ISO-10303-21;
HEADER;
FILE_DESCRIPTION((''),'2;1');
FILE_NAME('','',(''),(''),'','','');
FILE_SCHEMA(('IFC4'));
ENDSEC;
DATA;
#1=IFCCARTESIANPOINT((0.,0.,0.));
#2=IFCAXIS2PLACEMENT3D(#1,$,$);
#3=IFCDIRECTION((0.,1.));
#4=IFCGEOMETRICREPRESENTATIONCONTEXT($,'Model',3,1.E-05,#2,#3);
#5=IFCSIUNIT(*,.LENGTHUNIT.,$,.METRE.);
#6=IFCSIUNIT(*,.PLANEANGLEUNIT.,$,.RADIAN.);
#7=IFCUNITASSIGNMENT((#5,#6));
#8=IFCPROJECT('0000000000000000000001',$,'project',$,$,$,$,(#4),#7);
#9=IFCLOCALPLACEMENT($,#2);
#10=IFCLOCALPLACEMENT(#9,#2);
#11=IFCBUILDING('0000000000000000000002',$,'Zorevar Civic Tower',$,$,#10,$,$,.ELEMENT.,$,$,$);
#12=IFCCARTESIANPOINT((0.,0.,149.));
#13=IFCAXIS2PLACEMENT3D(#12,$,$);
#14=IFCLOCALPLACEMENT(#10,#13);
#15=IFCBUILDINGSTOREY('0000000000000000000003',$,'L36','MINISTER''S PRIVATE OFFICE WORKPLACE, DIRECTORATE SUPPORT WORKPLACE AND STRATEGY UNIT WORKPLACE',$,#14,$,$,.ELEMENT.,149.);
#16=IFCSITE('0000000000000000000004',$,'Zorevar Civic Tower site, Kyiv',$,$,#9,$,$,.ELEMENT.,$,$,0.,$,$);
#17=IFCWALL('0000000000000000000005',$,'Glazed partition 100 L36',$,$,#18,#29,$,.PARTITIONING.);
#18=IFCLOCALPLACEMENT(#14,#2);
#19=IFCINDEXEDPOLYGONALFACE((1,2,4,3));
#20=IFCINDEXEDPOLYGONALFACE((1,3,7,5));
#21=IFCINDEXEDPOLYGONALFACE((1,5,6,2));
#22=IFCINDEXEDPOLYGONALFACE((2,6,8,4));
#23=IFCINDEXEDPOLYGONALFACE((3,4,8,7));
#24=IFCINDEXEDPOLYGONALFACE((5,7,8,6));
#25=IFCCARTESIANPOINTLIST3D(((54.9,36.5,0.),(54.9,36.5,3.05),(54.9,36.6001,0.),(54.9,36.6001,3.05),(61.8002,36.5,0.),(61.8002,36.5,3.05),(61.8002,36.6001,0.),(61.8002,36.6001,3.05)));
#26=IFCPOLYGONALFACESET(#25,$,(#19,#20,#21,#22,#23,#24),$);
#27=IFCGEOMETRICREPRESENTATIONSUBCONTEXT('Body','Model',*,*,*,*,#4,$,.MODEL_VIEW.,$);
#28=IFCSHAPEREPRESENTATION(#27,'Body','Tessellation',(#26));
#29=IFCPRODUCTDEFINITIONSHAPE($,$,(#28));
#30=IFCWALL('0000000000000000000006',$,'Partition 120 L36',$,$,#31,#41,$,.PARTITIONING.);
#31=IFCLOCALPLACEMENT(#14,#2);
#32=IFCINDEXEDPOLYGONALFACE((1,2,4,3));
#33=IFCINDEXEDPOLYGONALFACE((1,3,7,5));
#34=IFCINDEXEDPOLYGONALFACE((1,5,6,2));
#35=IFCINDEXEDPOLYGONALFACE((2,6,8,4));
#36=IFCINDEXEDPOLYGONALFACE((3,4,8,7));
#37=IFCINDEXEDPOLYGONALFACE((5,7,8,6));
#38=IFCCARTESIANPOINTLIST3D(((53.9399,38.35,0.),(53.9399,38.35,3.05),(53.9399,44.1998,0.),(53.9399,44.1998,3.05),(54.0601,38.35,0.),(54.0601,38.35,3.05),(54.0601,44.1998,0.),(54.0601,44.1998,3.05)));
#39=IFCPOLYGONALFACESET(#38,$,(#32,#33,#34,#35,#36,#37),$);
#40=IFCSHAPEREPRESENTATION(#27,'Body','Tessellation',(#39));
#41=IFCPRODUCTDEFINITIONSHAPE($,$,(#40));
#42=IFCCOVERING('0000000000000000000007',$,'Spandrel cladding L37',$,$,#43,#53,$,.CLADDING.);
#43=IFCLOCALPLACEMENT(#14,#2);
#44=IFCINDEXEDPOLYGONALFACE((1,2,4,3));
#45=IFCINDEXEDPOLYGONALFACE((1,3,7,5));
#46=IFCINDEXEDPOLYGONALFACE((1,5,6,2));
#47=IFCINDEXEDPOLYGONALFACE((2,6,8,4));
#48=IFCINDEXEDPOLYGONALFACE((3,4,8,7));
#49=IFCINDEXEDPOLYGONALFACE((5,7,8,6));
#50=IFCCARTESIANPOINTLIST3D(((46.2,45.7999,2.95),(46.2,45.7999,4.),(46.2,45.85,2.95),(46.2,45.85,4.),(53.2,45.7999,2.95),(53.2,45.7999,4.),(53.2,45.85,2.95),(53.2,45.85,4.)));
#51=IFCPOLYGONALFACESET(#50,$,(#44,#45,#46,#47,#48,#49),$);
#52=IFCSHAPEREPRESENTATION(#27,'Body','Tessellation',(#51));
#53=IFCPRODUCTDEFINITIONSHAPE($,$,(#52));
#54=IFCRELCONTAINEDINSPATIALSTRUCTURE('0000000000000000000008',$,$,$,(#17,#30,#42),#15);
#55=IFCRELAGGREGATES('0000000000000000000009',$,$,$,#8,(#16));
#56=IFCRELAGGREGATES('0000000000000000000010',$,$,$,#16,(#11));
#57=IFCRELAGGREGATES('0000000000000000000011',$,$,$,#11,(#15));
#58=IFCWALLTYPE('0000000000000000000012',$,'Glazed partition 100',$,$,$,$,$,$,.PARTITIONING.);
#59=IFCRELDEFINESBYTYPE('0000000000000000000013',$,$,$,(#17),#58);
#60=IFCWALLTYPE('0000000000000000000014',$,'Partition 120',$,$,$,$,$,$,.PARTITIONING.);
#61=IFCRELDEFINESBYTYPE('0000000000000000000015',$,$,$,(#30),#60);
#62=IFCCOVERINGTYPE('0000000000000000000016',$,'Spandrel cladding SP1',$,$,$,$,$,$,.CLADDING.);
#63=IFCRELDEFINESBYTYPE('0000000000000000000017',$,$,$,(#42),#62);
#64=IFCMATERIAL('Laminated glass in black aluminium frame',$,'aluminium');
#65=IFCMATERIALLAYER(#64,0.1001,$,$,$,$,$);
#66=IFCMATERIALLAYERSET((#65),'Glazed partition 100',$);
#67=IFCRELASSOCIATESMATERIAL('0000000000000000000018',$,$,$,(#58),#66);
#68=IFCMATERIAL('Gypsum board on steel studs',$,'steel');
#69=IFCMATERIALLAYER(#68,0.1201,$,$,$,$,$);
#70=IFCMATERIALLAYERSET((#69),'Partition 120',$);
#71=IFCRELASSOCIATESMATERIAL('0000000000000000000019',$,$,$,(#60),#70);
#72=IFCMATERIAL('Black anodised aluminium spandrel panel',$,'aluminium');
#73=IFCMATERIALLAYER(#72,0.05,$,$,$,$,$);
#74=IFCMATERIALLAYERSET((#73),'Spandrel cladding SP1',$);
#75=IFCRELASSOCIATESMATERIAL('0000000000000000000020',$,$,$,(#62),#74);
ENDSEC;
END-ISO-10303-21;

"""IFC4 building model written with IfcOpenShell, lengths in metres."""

from ifc_helpers import new_model, si_unit, direction, frame, frame_2d, origin, place, context, subcontext, project, spatial, rectangle, extrude, material, layer, layer_set, type_object, element, save


model = new_model("IFC4")

# Units and contexts
model_context = context("Model", 3, precision=1e-05, world=origin(), true_north=direction((0.0, 1.0)))
body_context = subcontext(model_context, "Body", "Model", "MODEL_VIEW")
ifc_project = project(units=[si_unit("LENGTHUNIT", "METRE"), si_unit("PLANEANGLEUNIT", "RADIAN")], contexts=[model_context])

# Site, building, storey
site_placement = place(None, origin())
site = spatial("IfcSite", under=ifc_project, at=site_placement, Name="Zorevar Civic Tower site, Kyiv", CompositionType="ELEMENT", RefElevation=0.0)
building_placement = place(site_placement, origin())
building = spatial("IfcBuilding", under=site, at=building_placement, Name="Zorevar Civic Tower", CompositionType="ELEMENT")
storey_placement = place(building_placement, frame((0.0, 0.0, 149.0)))
storey = spatial("IfcBuildingStorey", under=building, at=storey_placement, Name="L36", Description="MINISTER'S PRIVATE OFFICE WORKPLACE, DIRECTORATE SUPPORT WORKPLACE AND STRATEGY UNIT WORKPLACE", CompositionType="ELEMENT", Elevation=149.0)

# Walls
ifc_material_1 = material(Name="Laminated glass in black aluminium frame", Category="aluminium")
ifc_layer_1 = layer(ifc_material_1, 0.1001)
ifc_layer_set_1 = layer_set([ifc_layer_1], Name="Glazed partition 100")
wall_type_1 = type_object("IfcWallType", Name="Glazed partition 100", PredefinedType="PARTITIONING", material=ifc_layer_set_1)
wall_1_placement = place(storey_placement, frame((54.8999, 36.55, 0.0), z_axis=(0.0, 0.0, 1.0), x_axis=(1.0, 0.0, 0.0)))
element("IfcWall", 1, at=wall_1_placement, inside=storey, type_object=wall_type_1, Name="Glazed partition 100 L36", PredefinedType="PARTITIONING", context=body_context, shape_type="SweptSolid", body=[
    extrude(rectangle(XDim=6.9001, YDim=0.1001, at=frame_2d((3.4502, 0.0))), origin(), (0.0, 0.0, 1.0), 3.05),
])
ifc_material_2 = material(Name="Gypsum board on steel studs", Category="steel")
ifc_layer_2 = layer(ifc_material_2, 0.1201)
ifc_layer_set_2 = layer_set([ifc_layer_2], Name="Partition 120")
wall_type_2 = type_object("IfcWallType", Name="Partition 120", PredefinedType="PARTITIONING", material=ifc_layer_set_2)
wall_2_placement = place(storey_placement, frame((54.0, 38.3501, 0.0), z_axis=(0.0, 0.0, 1.0), x_axis=(0.0, 1.0, 0.0)))
element("IfcWall", 2, at=wall_2_placement, inside=storey, type_object=wall_type_2, Name="Partition 120 L36", PredefinedType="PARTITIONING", context=body_context, shape_type="SweptSolid", body=[
    extrude(rectangle(XDim=5.8499, YDim=0.1201, at=frame_2d((2.9248, 0.0))), origin(), (0.0, 0.0, 1.0), 3.05),
])

# Covering
ifc_material_3 = material(Name="Black anodised aluminium spandrel panel", Category="aluminium")
ifc_layer_3 = layer(ifc_material_3, 0.05)
ifc_layer_set_3 = layer_set([ifc_layer_3], Name="Spandrel cladding SP1")
covering_type = type_object("IfcCoveringType", Name="Spandrel cladding SP1", PredefinedType="CLADDING", material=ifc_layer_set_3)
covering_placement = place(storey_placement, frame((46.2, 45.825, 2.95), z_axis=(0.0, 0.0, 1.0), x_axis=(1.0, 0.0, 0.0)))
element("IfcCovering", 3, at=covering_placement, inside=storey, type_object=covering_type, Name="Spandrel cladding L37", PredefinedType="CLADDING", context=body_context, shape_type="SweptSolid", body=[
    extrude(rectangle(XDim=7.0, YDim=0.05, at=frame_2d((3.5, 0.0))), origin(), (0.0, 0.0, 1.0), 1.05),
])

save(model, "model.ifc")
